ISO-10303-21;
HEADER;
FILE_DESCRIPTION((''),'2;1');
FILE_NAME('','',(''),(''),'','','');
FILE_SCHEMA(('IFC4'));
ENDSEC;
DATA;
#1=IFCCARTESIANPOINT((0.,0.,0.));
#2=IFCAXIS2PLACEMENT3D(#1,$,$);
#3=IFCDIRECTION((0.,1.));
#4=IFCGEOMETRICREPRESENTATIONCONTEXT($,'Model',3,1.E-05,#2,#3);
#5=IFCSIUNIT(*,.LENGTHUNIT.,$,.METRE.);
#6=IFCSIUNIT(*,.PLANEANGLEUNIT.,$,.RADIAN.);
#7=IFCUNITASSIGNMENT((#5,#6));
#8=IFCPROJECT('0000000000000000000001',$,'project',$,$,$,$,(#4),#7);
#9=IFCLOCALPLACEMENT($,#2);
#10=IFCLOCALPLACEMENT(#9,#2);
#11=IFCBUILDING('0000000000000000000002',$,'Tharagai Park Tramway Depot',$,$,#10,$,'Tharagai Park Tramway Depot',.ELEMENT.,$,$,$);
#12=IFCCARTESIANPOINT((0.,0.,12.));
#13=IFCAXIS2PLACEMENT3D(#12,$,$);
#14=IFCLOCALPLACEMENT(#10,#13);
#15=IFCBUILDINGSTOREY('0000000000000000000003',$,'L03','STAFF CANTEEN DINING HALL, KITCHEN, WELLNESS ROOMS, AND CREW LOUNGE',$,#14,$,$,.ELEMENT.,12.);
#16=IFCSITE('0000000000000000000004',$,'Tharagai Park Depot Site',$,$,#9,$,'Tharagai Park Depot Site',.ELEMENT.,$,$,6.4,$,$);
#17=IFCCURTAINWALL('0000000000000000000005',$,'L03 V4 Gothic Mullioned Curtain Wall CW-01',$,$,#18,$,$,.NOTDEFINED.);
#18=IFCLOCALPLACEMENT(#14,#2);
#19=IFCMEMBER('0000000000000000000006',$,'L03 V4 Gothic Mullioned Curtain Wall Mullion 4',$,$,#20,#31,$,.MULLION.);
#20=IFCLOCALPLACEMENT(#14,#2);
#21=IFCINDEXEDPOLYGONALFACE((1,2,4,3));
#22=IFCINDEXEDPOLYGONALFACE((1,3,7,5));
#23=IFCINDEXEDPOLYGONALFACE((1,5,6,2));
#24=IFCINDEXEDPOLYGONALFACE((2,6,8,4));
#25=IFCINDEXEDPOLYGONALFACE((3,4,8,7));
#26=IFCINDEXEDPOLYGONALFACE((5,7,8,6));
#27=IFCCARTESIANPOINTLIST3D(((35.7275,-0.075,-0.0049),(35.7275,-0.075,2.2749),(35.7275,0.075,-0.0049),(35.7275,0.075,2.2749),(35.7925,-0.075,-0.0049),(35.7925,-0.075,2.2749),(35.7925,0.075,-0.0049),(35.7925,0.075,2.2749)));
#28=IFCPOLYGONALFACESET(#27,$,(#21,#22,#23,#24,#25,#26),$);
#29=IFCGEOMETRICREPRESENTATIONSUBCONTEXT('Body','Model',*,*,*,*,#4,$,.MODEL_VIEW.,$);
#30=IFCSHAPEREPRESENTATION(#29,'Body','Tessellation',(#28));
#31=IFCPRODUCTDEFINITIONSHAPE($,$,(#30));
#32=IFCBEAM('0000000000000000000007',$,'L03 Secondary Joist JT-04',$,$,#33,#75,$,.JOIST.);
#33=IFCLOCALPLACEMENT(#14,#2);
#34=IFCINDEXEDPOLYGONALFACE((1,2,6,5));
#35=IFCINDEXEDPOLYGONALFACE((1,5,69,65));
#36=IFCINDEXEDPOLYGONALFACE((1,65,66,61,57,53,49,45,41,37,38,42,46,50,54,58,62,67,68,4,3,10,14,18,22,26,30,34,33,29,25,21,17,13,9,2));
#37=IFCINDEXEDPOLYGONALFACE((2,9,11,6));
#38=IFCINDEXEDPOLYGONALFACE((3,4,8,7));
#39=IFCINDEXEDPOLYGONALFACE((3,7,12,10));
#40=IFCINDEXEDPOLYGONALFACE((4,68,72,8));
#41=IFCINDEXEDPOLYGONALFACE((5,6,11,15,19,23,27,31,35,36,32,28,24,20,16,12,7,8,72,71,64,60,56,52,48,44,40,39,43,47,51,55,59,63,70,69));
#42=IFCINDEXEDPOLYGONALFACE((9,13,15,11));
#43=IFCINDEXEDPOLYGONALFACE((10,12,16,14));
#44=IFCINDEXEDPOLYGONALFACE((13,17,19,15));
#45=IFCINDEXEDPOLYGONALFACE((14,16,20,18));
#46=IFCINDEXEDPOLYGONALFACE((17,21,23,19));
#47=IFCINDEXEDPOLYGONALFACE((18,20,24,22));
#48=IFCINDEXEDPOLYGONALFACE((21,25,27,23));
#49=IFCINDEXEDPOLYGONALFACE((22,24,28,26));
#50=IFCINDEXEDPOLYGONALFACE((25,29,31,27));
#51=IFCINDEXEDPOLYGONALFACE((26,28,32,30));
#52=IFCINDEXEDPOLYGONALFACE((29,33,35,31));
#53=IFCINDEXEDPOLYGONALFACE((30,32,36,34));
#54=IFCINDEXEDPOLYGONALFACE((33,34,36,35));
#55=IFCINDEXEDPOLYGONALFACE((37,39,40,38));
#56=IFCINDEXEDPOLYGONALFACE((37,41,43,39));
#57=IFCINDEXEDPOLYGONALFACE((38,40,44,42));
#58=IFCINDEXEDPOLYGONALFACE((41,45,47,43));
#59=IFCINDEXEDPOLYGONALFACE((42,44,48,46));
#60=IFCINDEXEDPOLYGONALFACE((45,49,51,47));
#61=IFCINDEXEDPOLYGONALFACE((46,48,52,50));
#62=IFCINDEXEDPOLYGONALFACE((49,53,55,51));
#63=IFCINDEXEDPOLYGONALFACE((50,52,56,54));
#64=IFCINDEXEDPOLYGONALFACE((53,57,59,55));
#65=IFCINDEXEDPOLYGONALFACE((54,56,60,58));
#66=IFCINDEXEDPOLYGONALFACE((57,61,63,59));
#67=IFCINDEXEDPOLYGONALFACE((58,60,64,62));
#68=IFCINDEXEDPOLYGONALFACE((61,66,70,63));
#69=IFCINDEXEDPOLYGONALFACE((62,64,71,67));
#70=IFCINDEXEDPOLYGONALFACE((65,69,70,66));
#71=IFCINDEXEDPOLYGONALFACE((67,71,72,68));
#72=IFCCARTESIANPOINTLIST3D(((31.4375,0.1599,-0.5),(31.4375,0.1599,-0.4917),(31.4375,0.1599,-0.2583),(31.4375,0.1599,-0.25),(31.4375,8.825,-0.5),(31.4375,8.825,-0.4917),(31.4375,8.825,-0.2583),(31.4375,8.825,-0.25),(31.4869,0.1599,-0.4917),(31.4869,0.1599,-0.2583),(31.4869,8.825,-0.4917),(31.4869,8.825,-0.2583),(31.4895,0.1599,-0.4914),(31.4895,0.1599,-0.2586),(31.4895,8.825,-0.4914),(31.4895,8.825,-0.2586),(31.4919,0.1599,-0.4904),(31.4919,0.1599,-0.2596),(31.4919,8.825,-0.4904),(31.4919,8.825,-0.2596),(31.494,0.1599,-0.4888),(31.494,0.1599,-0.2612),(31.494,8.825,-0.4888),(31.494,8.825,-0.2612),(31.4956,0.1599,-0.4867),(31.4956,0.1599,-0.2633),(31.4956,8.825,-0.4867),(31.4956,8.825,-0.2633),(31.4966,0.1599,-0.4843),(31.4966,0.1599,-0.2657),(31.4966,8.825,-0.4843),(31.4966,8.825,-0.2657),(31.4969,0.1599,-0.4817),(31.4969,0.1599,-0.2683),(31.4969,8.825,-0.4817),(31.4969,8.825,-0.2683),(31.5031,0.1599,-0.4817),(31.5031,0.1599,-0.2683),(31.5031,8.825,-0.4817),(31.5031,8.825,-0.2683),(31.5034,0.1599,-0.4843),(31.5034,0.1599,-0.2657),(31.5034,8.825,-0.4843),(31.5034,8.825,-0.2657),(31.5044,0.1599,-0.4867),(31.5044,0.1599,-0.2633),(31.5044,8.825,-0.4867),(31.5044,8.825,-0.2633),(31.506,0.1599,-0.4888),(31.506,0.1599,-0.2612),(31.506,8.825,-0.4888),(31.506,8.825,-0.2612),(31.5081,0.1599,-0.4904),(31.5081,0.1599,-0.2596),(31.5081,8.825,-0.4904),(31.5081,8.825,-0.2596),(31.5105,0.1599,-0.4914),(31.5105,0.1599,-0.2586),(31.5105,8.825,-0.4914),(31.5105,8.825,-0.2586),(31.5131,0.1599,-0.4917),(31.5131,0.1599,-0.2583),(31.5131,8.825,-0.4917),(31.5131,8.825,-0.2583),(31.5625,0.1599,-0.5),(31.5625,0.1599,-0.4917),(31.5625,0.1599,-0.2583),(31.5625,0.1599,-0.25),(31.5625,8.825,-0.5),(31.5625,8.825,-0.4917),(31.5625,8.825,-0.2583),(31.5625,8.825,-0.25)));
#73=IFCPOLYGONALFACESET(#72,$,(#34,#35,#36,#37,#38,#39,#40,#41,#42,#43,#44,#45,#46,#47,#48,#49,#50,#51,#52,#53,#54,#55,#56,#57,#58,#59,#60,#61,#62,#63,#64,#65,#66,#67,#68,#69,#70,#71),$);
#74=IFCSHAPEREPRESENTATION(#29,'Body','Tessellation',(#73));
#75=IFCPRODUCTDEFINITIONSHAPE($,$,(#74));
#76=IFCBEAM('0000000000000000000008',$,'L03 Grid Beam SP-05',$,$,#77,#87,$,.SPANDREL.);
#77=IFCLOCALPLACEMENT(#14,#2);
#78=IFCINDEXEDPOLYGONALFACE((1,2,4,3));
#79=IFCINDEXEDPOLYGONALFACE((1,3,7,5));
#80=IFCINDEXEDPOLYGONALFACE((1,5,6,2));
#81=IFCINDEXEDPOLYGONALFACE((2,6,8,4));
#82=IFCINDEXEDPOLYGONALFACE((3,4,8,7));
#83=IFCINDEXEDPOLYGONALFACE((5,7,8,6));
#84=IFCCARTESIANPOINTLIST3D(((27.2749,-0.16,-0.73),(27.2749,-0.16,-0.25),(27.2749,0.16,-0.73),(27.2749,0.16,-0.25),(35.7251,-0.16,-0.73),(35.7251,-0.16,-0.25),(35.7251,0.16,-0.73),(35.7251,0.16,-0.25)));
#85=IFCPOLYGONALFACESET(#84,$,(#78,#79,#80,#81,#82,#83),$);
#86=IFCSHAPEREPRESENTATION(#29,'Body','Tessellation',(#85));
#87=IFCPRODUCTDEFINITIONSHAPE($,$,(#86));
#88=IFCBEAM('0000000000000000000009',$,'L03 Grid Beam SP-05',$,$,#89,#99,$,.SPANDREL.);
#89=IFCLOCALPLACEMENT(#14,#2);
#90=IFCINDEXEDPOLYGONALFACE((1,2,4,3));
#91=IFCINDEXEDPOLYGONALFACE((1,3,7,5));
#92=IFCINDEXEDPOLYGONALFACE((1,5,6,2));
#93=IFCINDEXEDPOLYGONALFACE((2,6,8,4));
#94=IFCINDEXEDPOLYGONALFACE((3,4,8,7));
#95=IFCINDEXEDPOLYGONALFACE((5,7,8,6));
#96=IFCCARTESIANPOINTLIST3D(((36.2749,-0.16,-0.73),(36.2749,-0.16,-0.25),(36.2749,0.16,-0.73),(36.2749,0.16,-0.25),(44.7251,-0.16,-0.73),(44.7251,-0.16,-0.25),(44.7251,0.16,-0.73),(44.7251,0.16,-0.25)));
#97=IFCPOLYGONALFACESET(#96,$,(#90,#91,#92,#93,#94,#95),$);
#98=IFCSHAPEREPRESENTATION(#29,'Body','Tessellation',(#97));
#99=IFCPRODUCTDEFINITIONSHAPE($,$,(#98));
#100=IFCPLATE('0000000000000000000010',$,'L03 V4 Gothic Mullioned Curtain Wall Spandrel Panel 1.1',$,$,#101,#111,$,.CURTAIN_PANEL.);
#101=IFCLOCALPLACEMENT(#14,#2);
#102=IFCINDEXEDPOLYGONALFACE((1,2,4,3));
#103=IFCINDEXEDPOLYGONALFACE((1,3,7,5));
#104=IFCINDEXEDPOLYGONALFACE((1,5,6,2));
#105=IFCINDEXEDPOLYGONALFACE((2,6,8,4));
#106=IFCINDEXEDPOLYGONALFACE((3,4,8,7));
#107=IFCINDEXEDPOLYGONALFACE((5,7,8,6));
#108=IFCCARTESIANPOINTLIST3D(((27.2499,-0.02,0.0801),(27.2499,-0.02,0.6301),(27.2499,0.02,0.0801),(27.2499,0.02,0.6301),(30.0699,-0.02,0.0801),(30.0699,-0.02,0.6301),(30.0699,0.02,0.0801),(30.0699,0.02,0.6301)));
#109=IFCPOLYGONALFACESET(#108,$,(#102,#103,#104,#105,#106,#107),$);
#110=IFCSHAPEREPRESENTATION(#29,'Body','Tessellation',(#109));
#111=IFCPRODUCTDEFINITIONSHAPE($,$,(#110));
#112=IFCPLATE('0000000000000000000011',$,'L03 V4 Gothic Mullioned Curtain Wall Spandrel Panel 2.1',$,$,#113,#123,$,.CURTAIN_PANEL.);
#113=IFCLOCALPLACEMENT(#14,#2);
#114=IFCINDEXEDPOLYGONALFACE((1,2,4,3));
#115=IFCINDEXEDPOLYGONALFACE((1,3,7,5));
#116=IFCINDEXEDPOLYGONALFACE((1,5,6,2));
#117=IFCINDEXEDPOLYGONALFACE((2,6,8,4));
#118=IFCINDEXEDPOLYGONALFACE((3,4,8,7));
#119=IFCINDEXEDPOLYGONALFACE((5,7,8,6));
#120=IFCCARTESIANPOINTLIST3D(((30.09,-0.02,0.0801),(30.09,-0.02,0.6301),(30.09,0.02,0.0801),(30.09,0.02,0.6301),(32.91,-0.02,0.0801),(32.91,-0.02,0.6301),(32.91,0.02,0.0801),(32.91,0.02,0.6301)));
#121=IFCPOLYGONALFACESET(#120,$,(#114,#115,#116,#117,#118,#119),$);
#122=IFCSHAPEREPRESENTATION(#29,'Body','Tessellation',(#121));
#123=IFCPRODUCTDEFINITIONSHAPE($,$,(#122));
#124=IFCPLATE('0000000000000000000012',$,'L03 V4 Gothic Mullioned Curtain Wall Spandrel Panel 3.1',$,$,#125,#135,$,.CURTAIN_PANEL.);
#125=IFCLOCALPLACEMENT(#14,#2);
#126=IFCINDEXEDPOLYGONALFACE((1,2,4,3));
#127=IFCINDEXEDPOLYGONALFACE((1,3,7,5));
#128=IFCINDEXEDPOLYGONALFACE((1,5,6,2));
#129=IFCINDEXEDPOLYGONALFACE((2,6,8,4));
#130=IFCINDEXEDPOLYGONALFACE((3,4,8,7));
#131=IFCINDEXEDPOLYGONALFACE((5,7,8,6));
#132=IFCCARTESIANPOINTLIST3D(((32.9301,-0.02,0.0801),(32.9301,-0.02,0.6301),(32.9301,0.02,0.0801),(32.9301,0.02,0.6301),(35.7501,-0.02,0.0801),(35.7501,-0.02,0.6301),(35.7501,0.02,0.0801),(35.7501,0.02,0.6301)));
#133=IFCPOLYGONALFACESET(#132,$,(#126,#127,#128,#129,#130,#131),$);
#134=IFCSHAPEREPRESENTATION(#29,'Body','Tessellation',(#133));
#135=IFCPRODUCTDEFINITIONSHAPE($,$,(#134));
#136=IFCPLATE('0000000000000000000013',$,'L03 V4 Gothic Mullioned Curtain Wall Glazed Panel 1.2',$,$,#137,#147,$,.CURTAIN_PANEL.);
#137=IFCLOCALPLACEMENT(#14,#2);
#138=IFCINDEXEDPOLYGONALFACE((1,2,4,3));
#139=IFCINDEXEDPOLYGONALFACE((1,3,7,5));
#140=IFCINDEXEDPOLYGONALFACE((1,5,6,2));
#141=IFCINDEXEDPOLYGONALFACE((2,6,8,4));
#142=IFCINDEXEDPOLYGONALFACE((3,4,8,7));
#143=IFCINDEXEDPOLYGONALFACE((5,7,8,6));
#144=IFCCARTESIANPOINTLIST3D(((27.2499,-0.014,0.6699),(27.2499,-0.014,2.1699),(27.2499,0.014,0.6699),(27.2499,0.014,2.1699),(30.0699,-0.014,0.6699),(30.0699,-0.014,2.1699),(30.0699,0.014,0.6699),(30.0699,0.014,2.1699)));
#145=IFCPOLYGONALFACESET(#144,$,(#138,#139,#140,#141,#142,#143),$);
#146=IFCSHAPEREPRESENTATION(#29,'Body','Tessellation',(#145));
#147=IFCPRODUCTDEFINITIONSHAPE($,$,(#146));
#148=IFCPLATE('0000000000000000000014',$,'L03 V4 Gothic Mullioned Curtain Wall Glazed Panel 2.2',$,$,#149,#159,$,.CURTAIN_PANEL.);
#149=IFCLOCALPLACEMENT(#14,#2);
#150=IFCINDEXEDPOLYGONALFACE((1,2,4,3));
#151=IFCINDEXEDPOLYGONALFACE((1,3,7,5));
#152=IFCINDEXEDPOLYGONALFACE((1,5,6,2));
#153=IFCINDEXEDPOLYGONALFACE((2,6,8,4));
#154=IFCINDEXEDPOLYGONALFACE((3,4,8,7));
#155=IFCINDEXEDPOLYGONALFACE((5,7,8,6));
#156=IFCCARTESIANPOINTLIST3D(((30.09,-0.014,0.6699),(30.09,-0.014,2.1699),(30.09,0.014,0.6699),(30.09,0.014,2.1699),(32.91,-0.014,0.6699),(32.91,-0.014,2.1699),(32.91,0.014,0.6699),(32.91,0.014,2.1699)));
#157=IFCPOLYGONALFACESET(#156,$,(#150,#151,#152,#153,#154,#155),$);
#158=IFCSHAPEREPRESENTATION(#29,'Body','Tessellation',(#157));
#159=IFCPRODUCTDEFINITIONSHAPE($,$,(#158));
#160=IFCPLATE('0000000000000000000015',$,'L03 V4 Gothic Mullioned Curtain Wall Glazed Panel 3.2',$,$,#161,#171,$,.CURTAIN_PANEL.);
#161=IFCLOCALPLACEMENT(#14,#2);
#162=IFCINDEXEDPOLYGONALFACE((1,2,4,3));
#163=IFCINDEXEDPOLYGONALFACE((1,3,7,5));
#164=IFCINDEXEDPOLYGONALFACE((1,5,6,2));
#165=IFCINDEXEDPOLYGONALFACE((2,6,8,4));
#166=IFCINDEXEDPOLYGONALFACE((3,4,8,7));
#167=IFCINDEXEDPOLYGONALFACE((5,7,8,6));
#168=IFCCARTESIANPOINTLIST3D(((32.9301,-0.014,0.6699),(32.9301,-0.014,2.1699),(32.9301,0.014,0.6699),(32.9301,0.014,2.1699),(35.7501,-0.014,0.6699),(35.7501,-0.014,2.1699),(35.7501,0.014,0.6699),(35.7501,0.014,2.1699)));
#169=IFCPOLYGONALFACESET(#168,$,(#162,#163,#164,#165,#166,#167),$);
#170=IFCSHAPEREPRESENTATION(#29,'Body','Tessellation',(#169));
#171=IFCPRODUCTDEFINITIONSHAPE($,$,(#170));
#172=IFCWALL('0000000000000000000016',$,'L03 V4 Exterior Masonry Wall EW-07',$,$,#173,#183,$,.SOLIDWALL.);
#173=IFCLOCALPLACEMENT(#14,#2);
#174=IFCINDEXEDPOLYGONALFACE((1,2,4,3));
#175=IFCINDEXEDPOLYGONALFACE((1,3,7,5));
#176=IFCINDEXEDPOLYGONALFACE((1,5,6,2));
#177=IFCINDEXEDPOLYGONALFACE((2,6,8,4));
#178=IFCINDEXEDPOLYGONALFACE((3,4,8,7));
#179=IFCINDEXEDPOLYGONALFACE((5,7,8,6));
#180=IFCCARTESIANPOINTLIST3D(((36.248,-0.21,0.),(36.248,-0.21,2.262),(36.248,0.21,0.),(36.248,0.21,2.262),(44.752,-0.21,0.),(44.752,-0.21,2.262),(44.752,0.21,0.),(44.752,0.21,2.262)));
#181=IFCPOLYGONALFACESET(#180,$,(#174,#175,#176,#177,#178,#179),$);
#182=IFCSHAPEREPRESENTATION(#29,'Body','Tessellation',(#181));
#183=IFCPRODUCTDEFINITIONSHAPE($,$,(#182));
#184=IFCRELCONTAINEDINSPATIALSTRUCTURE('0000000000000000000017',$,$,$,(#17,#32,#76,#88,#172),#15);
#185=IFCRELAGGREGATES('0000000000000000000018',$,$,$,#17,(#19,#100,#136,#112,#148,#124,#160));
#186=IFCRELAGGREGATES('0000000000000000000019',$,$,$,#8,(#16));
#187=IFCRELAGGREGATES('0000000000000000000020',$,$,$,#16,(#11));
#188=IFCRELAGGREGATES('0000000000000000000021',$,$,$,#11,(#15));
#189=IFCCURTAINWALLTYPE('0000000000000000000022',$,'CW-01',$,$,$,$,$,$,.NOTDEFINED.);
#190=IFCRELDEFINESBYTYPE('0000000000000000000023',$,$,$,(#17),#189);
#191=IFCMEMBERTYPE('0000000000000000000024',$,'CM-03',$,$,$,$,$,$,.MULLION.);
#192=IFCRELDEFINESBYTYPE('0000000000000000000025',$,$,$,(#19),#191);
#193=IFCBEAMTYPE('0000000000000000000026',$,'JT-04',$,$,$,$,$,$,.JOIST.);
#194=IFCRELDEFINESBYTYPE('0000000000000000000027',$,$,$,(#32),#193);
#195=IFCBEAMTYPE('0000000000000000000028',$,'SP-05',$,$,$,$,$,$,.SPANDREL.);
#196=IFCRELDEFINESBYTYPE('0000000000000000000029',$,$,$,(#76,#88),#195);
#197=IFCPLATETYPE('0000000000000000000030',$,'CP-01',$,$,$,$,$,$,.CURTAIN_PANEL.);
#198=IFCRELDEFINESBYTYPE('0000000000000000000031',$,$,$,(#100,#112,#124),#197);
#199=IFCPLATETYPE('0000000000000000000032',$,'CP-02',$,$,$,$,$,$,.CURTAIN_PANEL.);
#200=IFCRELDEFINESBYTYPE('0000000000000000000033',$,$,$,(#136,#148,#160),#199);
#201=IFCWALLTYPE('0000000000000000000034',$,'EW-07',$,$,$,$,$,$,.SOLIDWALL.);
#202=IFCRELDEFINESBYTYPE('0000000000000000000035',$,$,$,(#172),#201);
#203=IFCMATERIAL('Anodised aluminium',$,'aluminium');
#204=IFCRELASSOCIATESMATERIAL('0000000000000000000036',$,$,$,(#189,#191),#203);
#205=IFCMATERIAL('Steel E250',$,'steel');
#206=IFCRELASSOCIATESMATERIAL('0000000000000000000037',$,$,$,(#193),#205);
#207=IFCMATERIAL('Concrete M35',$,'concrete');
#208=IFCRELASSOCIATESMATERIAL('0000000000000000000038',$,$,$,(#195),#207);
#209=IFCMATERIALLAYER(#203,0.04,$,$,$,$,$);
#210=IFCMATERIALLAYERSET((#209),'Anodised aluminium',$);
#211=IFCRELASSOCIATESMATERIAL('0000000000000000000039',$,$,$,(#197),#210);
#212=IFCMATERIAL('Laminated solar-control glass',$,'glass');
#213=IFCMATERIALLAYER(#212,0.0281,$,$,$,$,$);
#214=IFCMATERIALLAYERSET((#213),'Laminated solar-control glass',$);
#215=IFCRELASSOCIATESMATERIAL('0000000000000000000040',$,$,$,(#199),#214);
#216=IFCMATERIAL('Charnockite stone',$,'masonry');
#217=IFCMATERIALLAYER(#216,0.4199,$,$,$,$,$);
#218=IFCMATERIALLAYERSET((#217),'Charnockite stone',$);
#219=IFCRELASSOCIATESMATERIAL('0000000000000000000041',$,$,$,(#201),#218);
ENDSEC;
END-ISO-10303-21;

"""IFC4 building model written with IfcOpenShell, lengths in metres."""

from ifc_helpers import new_model, si_unit, direction, frame, frame_2d, origin, origin_2d, place, context, subcontext, project, spatial, rectangle, i_section, extrude, material, layer, layer_set, material_profile, profile_set, type_object, element, aggregate, save


model = new_model("IFC4")

# Units and contexts
model_context = context("Model", 3, precision=1e-05, world=origin(), true_north=direction((0.0, 1.0)))
body_context = subcontext(model_context, "Body", "Model", "MODEL_VIEW")
ifc_project = project(units=[si_unit("LENGTHUNIT", "METRE"), si_unit("PLANEANGLEUNIT", "RADIAN")], contexts=[model_context])

# Site, building, storey
site_placement = place(None, origin())
site = spatial("IfcSite", under=ifc_project, at=site_placement, Name="Tharagai Park Depot Site", LongName="Tharagai Park Depot Site", CompositionType="ELEMENT", RefElevation=6.4)
building_placement = place(site_placement, origin())
building = spatial("IfcBuilding", under=site, at=building_placement, Name="Tharagai Park Tramway Depot", LongName="Tharagai Park Tramway Depot", CompositionType="ELEMENT")
storey_placement = place(building_placement, frame((0.0, 0.0, 12.0)))
storey = spatial("IfcBuildingStorey", under=building, at=storey_placement, Name="L03", Description="STAFF CANTEEN DINING HALL, KITCHEN, WELLNESS ROOMS, AND CREW LOUNGE", CompositionType="ELEMENT", Elevation=12.0)

# Shared definitions
ifc_material_1 = material(Name="Concrete M35", Category="concrete")

# Curtain wall, member
ifc_material_2 = material(Name="Anodised aluminium", Category="aluminium")
curtain_wall_type = type_object("IfcCurtainWallType", Name="CW-01", PredefinedType="NOTDEFINED", material=ifc_material_2)
curtain_wall_placement = place(storey_placement, origin())
curtain_wall = element("IfcCurtainWall", 1, at=curtain_wall_placement, inside=storey, type_object=curtain_wall_type, Name="L03 V4 Gothic Mullioned Curtain Wall CW-01", PredefinedType="NOTDEFINED")
ifc_material_profile_1 = material_profile(ifc_material_2, rectangle(XDim=0.0649, YDim=0.1499, at=origin_2d()), Name="ALU 65x150")
ifc_profile_set_1 = profile_set([ifc_material_profile_1], Name="Anodised aluminium")
member_type_1 = type_object("IfcMemberType", Name="CM-03", PredefinedType="MULLION", material=ifc_profile_set_1)
member_1_placement = place(storey_placement, frame((35.76, 0.0, -0.0049), z_axis=(0.0, 0.0, 1.0), x_axis=(1.0, 0.0, 0.0)))
member_1 = element("IfcMember", 2, at=member_1_placement, type_object=member_type_1, Name="L03 V4 Gothic Mullioned Curtain Wall Mullion 4", PredefinedType="MULLION", context=body_context, shape_type="SweptSolid", body=[
    extrude(rectangle(XDim=0.0649, YDim=0.1499, at=origin_2d()), origin(), (0.0, 0.0, 1.0), 2.2798),
])

# Beams
ifc_material_3 = material(Name="Steel E250", Category="steel")
ifc_material_profile_2 = material_profile(ifc_material_3, i_section(OverallWidth=0.125, OverallDepth=0.25, WebThickness=0.0061, FlangeThickness=0.0083, FilletRadius=0.01, at=origin_2d()), Name="ISLB 250")
ifc_profile_set_2 = profile_set([ifc_material_profile_2], Name="Steel E250")
beam_type_1 = type_object("IfcBeamType", Name="JT-04", PredefinedType="JOIST", material=ifc_profile_set_2)
beam_1_placement = place(storey_placement, frame((31.5, 0.1599, -0.375), z_axis=(0.0, 1.0, 0.0), x_axis=(-1.0, 0.0, 0.0)))
element("IfcBeam", 3, at=beam_1_placement, inside=storey, type_object=beam_type_1, Name="L03 Secondary Joist JT-04", PredefinedType="JOIST", context=body_context, shape_type="SweptSolid", body=[
    extrude(i_section(OverallWidth=0.125, OverallDepth=0.25, WebThickness=0.0061, FlangeThickness=0.0083, FilletRadius=0.01, at=origin_2d()), origin(), (0.0, 0.0, 1.0), 8.665),
])
ifc_material_profile_3 = material_profile(ifc_material_1, rectangle(XDim=0.3201, YDim=0.48, at=origin_2d()), Name="RC 320x480")
ifc_profile_set_3 = profile_set([ifc_material_profile_3], Name="Concrete M35")
beam_type_2 = type_object("IfcBeamType", Name="SP-05", PredefinedType="SPANDREL", material=ifc_profile_set_3)
for number, where, z_axis, x_axis, name in (
    (4, (27.2749, 0.0, -0.49), (1.0, 0.0, 0.0), (0.0, 1.0, 0.0), "L03 Grid Beam SP-05"),
    (5, (36.2749, 0.0, -0.49), (1.0, 0.0, 0.0), (0.0, 1.0, 0.0), "L03 Grid Beam SP-05"),
):
    element("IfcBeam", number, at=place(storey_placement, frame(where, z_axis=z_axis, x_axis=x_axis)), inside=storey, type_object=beam_type_2, Name=name, PredefinedType="SPANDREL", context=body_context, shape_type="SweptSolid", body=[
        extrude(rectangle(XDim=0.3201, YDim=0.48, at=origin_2d()), origin(), (0.0, 0.0, 1.0), 8.4502),
    ])

# Plates
ifc_layer_1 = layer(ifc_material_2, 0.04)
ifc_layer_set_1 = layer_set([ifc_layer_1], Name="Anodised aluminium")
plate_type_1 = type_object("IfcPlateType", Name="CP-01", PredefinedType="CURTAIN_PANEL", material=ifc_layer_set_1)
plate_1_placement = place(storey_placement, frame((28.6599, 0.0, 0.0801), z_axis=(0.0, 0.0, 1.0), x_axis=(1.0, 0.0, 0.0)))
plate_1 = element("IfcPlate", 6, at=plate_1_placement, type_object=plate_type_1, Name="L03 V4 Gothic Mullioned Curtain Wall Spandrel Panel 1.1", PredefinedType="CURTAIN_PANEL", context=body_context, shape_type="SweptSolid", body=[
    extrude(rectangle(XDim=2.8201, YDim=0.04, at=origin_2d()), origin(), (0.0, 0.0, 1.0), 0.55),
])
plate_2_placement = place(storey_placement, frame((31.5, 0.0, 0.0801), z_axis=(0.0, 0.0, 1.0), x_axis=(1.0, 0.0, 0.0)))
plate_2 = element("IfcPlate", 7, at=plate_2_placement, type_object=plate_type_1, Name="L03 V4 Gothic Mullioned Curtain Wall Spandrel Panel 2.1", PredefinedType="CURTAIN_PANEL", context=body_context, shape_type="SweptSolid", body=[
    extrude(rectangle(XDim=2.8201, YDim=0.04, at=origin_2d()), origin(), (0.0, 0.0, 1.0), 0.55),
])
plate_3_placement = place(storey_placement, frame((34.3401, 0.0, 0.0801), z_axis=(0.0, 0.0, 1.0), x_axis=(1.0, 0.0, 0.0)))
plate_3 = element("IfcPlate", 8, at=plate_3_placement, type_object=plate_type_1, Name="L03 V4 Gothic Mullioned Curtain Wall Spandrel Panel 3.1", PredefinedType="CURTAIN_PANEL", context=body_context, shape_type="SweptSolid", body=[
    extrude(rectangle(XDim=2.8201, YDim=0.04, at=origin_2d()), origin(), (0.0, 0.0, 1.0), 0.55),
])
ifc_material_4 = material(Name="Laminated solar-control glass", Category="glass")
ifc_layer_2 = layer(ifc_material_4, 0.0281)
ifc_layer_set_2 = layer_set([ifc_layer_2], Name="Laminated solar-control glass")
plate_type_2 = type_object("IfcPlateType", Name="CP-02", PredefinedType="CURTAIN_PANEL", material=ifc_layer_set_2)
plate_4_placement = place(storey_placement, frame((28.6599, 0.0, 0.6699), z_axis=(0.0, 0.0, 1.0), x_axis=(1.0, 0.0, 0.0)))
plate_4 = element("IfcPlate", 9, at=plate_4_placement, type_object=plate_type_2, Name="L03 V4 Gothic Mullioned Curtain Wall Glazed Panel 1.2", PredefinedType="CURTAIN_PANEL", context=body_context, shape_type="SweptSolid", body=[
    extrude(rectangle(XDim=2.8201, YDim=0.0281, at=origin_2d()), origin(), (0.0, 0.0, 1.0), 1.5),
])
plate_5_placement = place(storey_placement, frame((31.5, 0.0, 0.6699), z_axis=(0.0, 0.0, 1.0), x_axis=(1.0, 0.0, 0.0)))
plate_5 = element("IfcPlate", 10, at=plate_5_placement, type_object=plate_type_2, Name="L03 V4 Gothic Mullioned Curtain Wall Glazed Panel 2.2", PredefinedType="CURTAIN_PANEL", context=body_context, shape_type="SweptSolid", body=[
    extrude(rectangle(XDim=2.8201, YDim=0.0281, at=origin_2d()), origin(), (0.0, 0.0, 1.0), 1.5),
])
plate_6_placement = place(storey_placement, frame((34.3401, 0.0, 0.6699), z_axis=(0.0, 0.0, 1.0), x_axis=(1.0, 0.0, 0.0)))
plate_6 = element("IfcPlate", 11, at=plate_6_placement, type_object=plate_type_2, Name="L03 V4 Gothic Mullioned Curtain Wall Glazed Panel 3.2", PredefinedType="CURTAIN_PANEL", context=body_context, shape_type="SweptSolid", body=[
    extrude(rectangle(XDim=2.8201, YDim=0.0281, at=origin_2d()), origin(), (0.0, 0.0, 1.0), 1.5),
])
aggregate(curtain_wall, [member_1, plate_1, plate_4, plate_2, plate_5, plate_3, plate_6])

# Wall
ifc_material_5 = material(Name="Charnockite stone", Category="masonry")
ifc_layer_3 = layer(ifc_material_5, 0.4199)
ifc_layer_set_3 = layer_set([ifc_layer_3], Name="Charnockite stone")
wall_type_1 = type_object("IfcWallType", Name="EW-07", PredefinedType="SOLIDWALL", material=ifc_layer_set_3)
wall_1_placement = place(storey_placement, frame((36.248, 0.0, 0.0), z_axis=(0.0, 0.0, 1.0), x_axis=(1.0, 0.0, 0.0)))
element("IfcWall", 12, at=wall_1_placement, inside=storey, type_object=wall_type_1, Name="L03 V4 Exterior Masonry Wall EW-07", PredefinedType="SOLIDWALL", context=body_context, shape_type="SweptSolid", body=[
    extrude(rectangle(XDim=8.5039, YDim=0.4199, at=frame_2d((4.252, 0.0))), origin(), (0.0, 0.0, 1.0), 2.262),
])

save(model, "model.ifc")
